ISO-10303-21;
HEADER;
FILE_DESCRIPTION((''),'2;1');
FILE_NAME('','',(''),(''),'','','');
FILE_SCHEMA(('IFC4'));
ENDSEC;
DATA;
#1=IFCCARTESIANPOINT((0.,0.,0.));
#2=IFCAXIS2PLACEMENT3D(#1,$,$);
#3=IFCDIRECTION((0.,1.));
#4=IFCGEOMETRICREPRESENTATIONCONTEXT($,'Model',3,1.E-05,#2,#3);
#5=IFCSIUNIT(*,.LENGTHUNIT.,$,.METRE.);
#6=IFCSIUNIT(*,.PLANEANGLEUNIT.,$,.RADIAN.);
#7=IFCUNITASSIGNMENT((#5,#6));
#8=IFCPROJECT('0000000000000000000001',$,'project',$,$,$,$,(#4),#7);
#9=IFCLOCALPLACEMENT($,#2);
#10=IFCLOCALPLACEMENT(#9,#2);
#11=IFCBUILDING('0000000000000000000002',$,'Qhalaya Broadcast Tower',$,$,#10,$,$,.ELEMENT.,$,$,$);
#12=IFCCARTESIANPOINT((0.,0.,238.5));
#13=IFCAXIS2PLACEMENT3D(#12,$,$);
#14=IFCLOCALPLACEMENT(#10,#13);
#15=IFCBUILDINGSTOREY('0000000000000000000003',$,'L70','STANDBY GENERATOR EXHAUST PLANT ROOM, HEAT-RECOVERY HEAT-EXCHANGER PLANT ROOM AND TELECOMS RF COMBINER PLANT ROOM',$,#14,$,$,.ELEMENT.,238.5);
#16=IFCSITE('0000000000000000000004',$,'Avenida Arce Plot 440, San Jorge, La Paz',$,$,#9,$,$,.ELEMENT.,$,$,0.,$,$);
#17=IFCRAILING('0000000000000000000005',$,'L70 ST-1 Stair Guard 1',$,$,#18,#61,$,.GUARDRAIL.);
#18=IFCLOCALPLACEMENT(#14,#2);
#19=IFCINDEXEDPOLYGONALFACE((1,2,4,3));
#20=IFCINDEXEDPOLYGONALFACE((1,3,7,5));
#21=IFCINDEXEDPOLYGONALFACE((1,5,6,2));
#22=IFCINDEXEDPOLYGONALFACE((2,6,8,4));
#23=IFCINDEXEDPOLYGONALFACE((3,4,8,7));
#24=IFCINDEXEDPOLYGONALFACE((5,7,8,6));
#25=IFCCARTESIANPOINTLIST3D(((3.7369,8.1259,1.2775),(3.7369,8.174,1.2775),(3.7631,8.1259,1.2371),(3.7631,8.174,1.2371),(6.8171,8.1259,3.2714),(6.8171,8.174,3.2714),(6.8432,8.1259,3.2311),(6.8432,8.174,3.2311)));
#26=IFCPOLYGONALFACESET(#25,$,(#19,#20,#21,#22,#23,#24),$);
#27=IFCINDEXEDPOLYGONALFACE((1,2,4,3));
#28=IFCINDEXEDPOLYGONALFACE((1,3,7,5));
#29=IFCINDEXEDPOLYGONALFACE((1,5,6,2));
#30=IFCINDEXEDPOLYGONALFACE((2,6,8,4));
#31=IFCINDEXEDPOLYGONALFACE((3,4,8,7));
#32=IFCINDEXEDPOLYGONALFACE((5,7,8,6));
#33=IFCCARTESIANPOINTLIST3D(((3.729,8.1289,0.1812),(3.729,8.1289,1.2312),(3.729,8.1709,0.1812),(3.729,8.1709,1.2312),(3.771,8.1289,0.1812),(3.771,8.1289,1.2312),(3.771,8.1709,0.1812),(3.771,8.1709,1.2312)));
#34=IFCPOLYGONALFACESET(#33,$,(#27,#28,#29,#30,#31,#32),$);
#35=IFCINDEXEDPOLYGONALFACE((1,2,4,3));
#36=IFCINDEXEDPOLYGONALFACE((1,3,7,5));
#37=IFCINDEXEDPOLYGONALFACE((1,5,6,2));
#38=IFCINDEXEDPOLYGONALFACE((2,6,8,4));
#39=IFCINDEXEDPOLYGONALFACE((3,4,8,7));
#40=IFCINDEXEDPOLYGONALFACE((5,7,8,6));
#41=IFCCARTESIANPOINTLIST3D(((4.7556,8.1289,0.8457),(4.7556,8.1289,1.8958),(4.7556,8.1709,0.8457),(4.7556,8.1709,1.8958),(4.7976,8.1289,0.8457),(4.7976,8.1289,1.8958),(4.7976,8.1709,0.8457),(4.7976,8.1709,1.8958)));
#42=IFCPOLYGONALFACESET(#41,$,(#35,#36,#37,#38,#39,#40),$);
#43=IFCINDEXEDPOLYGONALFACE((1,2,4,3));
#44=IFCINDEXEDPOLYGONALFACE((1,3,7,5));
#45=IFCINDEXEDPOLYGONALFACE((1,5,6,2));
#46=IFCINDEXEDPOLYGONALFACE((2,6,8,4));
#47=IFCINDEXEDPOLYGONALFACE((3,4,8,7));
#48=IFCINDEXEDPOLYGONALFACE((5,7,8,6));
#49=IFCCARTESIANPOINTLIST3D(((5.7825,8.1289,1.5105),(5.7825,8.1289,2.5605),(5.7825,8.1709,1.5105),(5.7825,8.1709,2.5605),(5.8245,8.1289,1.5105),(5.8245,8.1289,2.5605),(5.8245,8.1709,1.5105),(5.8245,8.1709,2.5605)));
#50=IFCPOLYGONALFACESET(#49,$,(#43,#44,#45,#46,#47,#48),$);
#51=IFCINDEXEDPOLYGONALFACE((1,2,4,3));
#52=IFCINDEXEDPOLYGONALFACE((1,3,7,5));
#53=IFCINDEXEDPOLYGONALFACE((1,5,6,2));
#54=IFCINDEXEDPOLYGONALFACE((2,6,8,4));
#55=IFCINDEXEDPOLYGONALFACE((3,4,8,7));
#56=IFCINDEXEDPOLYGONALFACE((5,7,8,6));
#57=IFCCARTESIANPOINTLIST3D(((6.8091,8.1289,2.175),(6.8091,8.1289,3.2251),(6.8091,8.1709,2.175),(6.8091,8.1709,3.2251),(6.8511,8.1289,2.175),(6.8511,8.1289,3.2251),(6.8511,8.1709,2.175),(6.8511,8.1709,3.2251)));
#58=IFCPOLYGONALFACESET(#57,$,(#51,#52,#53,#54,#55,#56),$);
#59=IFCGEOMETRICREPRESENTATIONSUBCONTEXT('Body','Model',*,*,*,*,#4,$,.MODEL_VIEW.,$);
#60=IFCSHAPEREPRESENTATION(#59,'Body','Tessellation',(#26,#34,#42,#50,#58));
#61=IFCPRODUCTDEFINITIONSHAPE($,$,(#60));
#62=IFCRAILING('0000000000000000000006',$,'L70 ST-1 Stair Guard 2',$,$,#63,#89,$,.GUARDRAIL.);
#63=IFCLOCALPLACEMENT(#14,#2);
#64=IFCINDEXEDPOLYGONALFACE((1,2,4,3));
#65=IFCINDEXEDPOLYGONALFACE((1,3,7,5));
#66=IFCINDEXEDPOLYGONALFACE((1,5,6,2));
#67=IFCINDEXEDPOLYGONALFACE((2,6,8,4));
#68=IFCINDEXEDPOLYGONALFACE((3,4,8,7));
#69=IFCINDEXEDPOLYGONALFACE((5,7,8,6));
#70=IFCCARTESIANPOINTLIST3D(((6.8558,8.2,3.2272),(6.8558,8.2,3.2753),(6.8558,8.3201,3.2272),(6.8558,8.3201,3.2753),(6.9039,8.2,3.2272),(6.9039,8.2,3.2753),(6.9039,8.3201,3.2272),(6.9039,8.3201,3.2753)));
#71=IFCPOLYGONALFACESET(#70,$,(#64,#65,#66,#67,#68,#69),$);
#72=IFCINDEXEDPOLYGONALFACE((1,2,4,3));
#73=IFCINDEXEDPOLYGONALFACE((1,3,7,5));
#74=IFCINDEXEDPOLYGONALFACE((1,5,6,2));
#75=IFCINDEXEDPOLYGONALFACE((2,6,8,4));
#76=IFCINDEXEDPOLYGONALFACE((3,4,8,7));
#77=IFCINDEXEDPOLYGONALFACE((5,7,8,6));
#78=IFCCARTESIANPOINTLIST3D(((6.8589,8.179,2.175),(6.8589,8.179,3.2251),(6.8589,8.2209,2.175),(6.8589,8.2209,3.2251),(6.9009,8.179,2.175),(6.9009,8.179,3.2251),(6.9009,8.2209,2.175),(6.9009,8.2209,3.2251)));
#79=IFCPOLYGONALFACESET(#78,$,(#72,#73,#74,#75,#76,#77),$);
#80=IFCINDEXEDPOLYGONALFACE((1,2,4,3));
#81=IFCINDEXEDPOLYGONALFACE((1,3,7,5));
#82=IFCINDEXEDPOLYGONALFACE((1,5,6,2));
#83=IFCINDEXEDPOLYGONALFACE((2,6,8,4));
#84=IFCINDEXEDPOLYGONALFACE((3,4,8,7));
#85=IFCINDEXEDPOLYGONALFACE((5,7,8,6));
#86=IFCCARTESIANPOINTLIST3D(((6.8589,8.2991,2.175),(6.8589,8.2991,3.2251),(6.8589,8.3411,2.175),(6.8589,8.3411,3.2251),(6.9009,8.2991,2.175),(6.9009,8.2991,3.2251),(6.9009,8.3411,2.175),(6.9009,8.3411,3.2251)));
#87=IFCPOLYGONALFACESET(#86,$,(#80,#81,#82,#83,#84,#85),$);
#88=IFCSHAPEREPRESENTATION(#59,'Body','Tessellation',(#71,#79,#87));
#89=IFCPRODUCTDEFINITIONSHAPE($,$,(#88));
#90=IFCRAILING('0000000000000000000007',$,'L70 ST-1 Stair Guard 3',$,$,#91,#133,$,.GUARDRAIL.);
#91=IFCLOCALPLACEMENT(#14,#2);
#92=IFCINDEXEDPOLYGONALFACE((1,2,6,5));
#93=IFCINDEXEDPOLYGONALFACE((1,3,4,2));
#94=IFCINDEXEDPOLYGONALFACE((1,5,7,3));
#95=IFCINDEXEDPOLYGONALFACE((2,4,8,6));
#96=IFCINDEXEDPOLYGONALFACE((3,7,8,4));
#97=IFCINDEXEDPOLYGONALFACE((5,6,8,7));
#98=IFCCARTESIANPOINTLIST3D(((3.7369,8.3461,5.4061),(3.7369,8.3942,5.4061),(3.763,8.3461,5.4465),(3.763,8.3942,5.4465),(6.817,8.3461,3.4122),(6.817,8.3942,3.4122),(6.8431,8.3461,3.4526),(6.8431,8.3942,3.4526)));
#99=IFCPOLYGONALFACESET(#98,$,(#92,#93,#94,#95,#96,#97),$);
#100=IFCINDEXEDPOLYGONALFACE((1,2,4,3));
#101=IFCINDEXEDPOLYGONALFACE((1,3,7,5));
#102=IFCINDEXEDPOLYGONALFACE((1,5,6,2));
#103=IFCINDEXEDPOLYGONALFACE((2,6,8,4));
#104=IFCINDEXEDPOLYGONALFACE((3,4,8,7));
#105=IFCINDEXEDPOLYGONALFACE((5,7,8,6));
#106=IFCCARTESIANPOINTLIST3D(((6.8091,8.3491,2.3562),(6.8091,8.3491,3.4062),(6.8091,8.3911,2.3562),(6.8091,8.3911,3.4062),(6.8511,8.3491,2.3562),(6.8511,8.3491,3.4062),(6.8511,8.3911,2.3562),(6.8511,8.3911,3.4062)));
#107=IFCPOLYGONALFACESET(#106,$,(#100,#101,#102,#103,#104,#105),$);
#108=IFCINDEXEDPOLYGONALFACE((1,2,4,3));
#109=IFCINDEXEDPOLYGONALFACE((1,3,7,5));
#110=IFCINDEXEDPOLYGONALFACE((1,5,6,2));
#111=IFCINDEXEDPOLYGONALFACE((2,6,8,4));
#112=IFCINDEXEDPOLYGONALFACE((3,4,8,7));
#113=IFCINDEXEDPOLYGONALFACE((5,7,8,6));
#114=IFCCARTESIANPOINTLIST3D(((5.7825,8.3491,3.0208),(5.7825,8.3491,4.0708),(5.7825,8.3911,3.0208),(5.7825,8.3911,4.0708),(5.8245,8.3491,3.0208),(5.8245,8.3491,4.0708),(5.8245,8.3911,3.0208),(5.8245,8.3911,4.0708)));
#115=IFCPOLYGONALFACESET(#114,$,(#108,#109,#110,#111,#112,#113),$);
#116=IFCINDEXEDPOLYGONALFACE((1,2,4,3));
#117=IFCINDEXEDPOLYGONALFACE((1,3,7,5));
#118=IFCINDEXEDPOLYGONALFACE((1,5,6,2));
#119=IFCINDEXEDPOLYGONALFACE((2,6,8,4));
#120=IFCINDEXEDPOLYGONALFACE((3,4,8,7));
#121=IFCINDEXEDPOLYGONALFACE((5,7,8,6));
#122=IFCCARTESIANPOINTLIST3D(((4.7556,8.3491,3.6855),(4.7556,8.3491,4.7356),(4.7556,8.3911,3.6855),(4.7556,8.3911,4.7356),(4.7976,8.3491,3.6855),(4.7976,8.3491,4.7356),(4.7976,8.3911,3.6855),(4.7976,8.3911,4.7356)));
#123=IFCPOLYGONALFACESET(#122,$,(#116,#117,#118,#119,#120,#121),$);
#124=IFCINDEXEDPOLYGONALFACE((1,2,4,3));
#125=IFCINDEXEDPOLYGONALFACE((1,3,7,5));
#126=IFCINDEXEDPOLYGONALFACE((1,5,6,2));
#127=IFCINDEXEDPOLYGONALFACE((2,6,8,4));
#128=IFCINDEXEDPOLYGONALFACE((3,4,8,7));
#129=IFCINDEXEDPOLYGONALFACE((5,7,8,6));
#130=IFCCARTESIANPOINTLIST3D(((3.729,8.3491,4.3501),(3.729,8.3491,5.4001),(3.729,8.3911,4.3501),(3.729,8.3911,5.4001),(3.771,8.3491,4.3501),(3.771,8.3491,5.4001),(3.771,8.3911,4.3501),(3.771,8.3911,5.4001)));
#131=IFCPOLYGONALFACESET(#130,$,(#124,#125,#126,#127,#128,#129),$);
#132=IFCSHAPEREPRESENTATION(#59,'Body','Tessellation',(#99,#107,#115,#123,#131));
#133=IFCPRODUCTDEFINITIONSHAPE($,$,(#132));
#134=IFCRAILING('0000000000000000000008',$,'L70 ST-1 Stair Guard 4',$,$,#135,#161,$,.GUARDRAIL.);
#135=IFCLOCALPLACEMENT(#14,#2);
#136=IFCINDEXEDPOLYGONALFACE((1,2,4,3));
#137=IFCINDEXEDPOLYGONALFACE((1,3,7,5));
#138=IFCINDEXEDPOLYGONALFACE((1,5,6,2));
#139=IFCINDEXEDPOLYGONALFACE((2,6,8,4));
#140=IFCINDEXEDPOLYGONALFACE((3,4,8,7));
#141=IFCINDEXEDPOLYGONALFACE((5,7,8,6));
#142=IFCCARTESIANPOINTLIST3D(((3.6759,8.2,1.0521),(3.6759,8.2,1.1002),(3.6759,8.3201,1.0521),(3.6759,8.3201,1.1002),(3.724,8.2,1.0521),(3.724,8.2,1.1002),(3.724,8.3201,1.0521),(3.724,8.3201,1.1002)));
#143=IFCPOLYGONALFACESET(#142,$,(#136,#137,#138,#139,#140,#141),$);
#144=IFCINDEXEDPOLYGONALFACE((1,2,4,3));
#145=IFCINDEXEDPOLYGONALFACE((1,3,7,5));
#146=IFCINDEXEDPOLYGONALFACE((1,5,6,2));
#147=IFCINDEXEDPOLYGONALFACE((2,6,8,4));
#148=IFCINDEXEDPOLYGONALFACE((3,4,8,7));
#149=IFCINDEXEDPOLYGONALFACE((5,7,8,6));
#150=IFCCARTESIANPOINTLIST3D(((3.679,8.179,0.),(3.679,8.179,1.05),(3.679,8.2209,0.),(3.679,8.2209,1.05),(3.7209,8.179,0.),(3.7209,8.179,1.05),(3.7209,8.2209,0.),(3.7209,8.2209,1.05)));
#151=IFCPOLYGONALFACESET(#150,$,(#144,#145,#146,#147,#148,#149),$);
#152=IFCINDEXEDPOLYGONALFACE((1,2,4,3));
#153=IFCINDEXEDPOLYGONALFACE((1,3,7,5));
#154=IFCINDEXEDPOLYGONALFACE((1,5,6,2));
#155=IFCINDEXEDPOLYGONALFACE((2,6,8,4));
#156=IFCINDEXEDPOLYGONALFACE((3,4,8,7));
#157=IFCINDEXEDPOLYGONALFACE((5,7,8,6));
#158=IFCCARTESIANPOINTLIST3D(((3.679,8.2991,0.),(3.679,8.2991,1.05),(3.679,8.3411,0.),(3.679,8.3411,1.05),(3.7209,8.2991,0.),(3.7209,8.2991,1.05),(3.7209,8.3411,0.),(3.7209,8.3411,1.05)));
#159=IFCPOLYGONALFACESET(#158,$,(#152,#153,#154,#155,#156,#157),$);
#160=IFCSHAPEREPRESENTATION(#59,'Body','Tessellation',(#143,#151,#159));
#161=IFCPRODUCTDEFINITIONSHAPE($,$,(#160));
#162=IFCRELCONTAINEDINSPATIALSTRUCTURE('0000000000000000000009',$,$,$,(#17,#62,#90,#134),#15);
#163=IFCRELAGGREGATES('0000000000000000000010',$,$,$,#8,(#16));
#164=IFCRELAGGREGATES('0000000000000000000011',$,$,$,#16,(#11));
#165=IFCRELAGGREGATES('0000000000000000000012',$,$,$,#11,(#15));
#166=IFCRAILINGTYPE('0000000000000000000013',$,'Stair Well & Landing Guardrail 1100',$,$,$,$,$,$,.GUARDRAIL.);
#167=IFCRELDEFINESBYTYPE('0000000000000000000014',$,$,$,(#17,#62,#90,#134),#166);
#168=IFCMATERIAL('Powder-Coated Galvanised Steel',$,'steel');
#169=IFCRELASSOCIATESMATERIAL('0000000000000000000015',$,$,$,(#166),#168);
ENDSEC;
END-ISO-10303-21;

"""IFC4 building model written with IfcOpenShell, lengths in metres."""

from ifc_helpers import new_model, si_unit, direction, frame, origin, origin_2d, place, context, subcontext, project, spatial, rectangle, extrude, material, type_object, element, save


model = new_model("IFC4")

# Units and contexts
model_context = context("Model", 3, precision=1e-05, world=origin(), true_north=direction((0.0, 1.0)))
body_context = subcontext(model_context, "Body", "Model", "MODEL_VIEW")
ifc_project = project(units=[si_unit("LENGTHUNIT", "METRE"), si_unit("PLANEANGLEUNIT", "RADIAN")], contexts=[model_context])

# Site, building, storey
site_placement = place(None, origin())
site = spatial("IfcSite", under=ifc_project, at=site_placement, Name="Avenida Arce Plot 440, San Jorge, La Paz", CompositionType="ELEMENT", RefElevation=0.0)
building_placement = place(site_placement, origin())
building = spatial("IfcBuilding", under=site, at=building_placement, Name="Qhalaya Broadcast Tower", CompositionType="ELEMENT")
storey_placement = place(building_placement, frame((0.0, 0.0, 238.5)))
storey = spatial("IfcBuildingStorey", under=building, at=storey_placement, Name="L70", Description="STANDBY GENERATOR EXHAUST PLANT ROOM, HEAT-RECOVERY HEAT-EXCHANGER PLANT ROOM AND TELECOMS RF COMBINER PLANT ROOM", CompositionType="ELEMENT", Elevation=238.5)

# Railings
ifc_material_1 = material(Name="Powder-Coated Galvanised Steel", Category="steel")
railing_type_1 = type_object("IfcRailingType", Name="Stair Well & Landing Guardrail 1100", PredefinedType="GUARDRAIL", material=ifc_material_1)
railing_1_placement = place(storey_placement, frame((3.75, 8.1499, 0.1812)))
element("IfcRailing", 1, at=railing_1_placement, inside=storey, type_object=railing_type_1, Name="L70 ST-1 Stair Guard 1", PredefinedType="GUARDRAIL", context=body_context, shape_type="SweptSolid", body=[
    extrude(rectangle(XDim=0.0481, YDim=0.0481, at=origin_2d()), frame((0.0, 0.0, 1.0762), z_axis=(0.839458, 0.0, 0.543425), x_axis=(0.0, 1.0, 0.0)), (0.0, 0.0, 1.0), 3.6692),
    extrude(rectangle(XDim=0.042, YDim=0.042, at=origin_2d()), origin(), (0.0, 0.0, 1.0), 1.05),
    extrude(rectangle(XDim=0.042, YDim=0.042, at=origin_2d()), frame((1.0266, 0.0, 0.6646)), (0.0, 0.0, 1.0), 1.05),
    extrude(rectangle(XDim=0.042, YDim=0.042, at=origin_2d()), frame((2.0535, 0.0, 1.3293)), (0.0, 0.0, 1.0), 1.05),
    extrude(rectangle(XDim=0.042, YDim=0.042, at=origin_2d()), frame((3.0801, 0.0, 1.9939)), (0.0, 0.0, 1.0), 1.05),
])
railing_2_placement = place(storey_placement, frame((6.8799, 8.2, 2.175)))
element("IfcRailing", 2, at=railing_2_placement, inside=storey, type_object=railing_type_1, Name="L70 ST-1 Stair Guard 2", PredefinedType="GUARDRAIL", context=body_context, shape_type="SweptSolid", body=[
    extrude(rectangle(XDim=0.0481, YDim=0.0481, at=origin_2d()), frame((0.0, 0.0, 1.0762), z_axis=(0.0, 1.0, 0.0), x_axis=(-1.0, 0.0, 0.0)), (0.0, 0.0, 1.0), 0.1201),
    extrude(rectangle(XDim=0.042, YDim=0.042, at=origin_2d()), origin(), (0.0, 0.0, 1.0), 1.05),
    extrude(rectangle(XDim=0.042, YDim=0.042, at=origin_2d()), frame((0.0, 0.1201, 0.0)), (0.0, 0.0, 1.0), 1.05),
])
railing_3_placement = place(storey_placement, frame((6.8301, 8.3701, 2.3562)))
element("IfcRailing", 3, at=railing_3_placement, inside=storey, type_object=railing_type_1, Name="L70 ST-1 Stair Guard 3", PredefinedType="GUARDRAIL", context=body_context, shape_type="SweptSolid", body=[
    extrude(rectangle(XDim=0.0481, YDim=0.0481, at=origin_2d()), frame((0.0, 0.0, 1.0762), z_axis=(-0.839458, 0.0, 0.543425), x_axis=(0.0, -1.0, 0.0)), (0.0, 0.0, 1.0), 3.6692),
    extrude(rectangle(XDim=0.042, YDim=0.042, at=origin_2d()), origin(), (0.0, 0.0, 1.0), 1.05),
    extrude(rectangle(XDim=0.042, YDim=0.042, at=origin_2d()), frame((-1.0266, 0.0, 0.6646)), (0.0, 0.0, 1.0), 1.05),
    extrude(rectangle(XDim=0.042, YDim=0.042, at=origin_2d()), frame((-2.0535, 0.0, 1.3293)), (0.0, 0.0, 1.0), 1.05),
    extrude(rectangle(XDim=0.042, YDim=0.042, at=origin_2d()), frame((-3.0801, 0.0, 1.9939)), (0.0, 0.0, 1.0), 1.05),
])
railing_4_placement = place(storey_placement, frame((3.7, 8.2, 0.0)))
element("IfcRailing", 4, at=railing_4_placement, inside=storey, type_object=railing_type_1, Name="L70 ST-1 Stair Guard 4", PredefinedType="GUARDRAIL", context=body_context, shape_type="SweptSolid", body=[
    extrude(rectangle(XDim=0.0481, YDim=0.0481, at=origin_2d()), frame((0.0, 0.0, 1.0762), z_axis=(0.0, 1.0, 0.0), x_axis=(-1.0, 0.0, 0.0)), (0.0, 0.0, 1.0), 0.1201),
    extrude(rectangle(XDim=0.042, YDim=0.042, at=origin_2d()), origin(), (0.0, 0.0, 1.0), 1.05),
    extrude(rectangle(XDim=0.042, YDim=0.042, at=origin_2d()), frame((0.0, 0.1201, 0.0)), (0.0, 0.0, 1.0), 1.05),
])

save(model, "model.ifc")
